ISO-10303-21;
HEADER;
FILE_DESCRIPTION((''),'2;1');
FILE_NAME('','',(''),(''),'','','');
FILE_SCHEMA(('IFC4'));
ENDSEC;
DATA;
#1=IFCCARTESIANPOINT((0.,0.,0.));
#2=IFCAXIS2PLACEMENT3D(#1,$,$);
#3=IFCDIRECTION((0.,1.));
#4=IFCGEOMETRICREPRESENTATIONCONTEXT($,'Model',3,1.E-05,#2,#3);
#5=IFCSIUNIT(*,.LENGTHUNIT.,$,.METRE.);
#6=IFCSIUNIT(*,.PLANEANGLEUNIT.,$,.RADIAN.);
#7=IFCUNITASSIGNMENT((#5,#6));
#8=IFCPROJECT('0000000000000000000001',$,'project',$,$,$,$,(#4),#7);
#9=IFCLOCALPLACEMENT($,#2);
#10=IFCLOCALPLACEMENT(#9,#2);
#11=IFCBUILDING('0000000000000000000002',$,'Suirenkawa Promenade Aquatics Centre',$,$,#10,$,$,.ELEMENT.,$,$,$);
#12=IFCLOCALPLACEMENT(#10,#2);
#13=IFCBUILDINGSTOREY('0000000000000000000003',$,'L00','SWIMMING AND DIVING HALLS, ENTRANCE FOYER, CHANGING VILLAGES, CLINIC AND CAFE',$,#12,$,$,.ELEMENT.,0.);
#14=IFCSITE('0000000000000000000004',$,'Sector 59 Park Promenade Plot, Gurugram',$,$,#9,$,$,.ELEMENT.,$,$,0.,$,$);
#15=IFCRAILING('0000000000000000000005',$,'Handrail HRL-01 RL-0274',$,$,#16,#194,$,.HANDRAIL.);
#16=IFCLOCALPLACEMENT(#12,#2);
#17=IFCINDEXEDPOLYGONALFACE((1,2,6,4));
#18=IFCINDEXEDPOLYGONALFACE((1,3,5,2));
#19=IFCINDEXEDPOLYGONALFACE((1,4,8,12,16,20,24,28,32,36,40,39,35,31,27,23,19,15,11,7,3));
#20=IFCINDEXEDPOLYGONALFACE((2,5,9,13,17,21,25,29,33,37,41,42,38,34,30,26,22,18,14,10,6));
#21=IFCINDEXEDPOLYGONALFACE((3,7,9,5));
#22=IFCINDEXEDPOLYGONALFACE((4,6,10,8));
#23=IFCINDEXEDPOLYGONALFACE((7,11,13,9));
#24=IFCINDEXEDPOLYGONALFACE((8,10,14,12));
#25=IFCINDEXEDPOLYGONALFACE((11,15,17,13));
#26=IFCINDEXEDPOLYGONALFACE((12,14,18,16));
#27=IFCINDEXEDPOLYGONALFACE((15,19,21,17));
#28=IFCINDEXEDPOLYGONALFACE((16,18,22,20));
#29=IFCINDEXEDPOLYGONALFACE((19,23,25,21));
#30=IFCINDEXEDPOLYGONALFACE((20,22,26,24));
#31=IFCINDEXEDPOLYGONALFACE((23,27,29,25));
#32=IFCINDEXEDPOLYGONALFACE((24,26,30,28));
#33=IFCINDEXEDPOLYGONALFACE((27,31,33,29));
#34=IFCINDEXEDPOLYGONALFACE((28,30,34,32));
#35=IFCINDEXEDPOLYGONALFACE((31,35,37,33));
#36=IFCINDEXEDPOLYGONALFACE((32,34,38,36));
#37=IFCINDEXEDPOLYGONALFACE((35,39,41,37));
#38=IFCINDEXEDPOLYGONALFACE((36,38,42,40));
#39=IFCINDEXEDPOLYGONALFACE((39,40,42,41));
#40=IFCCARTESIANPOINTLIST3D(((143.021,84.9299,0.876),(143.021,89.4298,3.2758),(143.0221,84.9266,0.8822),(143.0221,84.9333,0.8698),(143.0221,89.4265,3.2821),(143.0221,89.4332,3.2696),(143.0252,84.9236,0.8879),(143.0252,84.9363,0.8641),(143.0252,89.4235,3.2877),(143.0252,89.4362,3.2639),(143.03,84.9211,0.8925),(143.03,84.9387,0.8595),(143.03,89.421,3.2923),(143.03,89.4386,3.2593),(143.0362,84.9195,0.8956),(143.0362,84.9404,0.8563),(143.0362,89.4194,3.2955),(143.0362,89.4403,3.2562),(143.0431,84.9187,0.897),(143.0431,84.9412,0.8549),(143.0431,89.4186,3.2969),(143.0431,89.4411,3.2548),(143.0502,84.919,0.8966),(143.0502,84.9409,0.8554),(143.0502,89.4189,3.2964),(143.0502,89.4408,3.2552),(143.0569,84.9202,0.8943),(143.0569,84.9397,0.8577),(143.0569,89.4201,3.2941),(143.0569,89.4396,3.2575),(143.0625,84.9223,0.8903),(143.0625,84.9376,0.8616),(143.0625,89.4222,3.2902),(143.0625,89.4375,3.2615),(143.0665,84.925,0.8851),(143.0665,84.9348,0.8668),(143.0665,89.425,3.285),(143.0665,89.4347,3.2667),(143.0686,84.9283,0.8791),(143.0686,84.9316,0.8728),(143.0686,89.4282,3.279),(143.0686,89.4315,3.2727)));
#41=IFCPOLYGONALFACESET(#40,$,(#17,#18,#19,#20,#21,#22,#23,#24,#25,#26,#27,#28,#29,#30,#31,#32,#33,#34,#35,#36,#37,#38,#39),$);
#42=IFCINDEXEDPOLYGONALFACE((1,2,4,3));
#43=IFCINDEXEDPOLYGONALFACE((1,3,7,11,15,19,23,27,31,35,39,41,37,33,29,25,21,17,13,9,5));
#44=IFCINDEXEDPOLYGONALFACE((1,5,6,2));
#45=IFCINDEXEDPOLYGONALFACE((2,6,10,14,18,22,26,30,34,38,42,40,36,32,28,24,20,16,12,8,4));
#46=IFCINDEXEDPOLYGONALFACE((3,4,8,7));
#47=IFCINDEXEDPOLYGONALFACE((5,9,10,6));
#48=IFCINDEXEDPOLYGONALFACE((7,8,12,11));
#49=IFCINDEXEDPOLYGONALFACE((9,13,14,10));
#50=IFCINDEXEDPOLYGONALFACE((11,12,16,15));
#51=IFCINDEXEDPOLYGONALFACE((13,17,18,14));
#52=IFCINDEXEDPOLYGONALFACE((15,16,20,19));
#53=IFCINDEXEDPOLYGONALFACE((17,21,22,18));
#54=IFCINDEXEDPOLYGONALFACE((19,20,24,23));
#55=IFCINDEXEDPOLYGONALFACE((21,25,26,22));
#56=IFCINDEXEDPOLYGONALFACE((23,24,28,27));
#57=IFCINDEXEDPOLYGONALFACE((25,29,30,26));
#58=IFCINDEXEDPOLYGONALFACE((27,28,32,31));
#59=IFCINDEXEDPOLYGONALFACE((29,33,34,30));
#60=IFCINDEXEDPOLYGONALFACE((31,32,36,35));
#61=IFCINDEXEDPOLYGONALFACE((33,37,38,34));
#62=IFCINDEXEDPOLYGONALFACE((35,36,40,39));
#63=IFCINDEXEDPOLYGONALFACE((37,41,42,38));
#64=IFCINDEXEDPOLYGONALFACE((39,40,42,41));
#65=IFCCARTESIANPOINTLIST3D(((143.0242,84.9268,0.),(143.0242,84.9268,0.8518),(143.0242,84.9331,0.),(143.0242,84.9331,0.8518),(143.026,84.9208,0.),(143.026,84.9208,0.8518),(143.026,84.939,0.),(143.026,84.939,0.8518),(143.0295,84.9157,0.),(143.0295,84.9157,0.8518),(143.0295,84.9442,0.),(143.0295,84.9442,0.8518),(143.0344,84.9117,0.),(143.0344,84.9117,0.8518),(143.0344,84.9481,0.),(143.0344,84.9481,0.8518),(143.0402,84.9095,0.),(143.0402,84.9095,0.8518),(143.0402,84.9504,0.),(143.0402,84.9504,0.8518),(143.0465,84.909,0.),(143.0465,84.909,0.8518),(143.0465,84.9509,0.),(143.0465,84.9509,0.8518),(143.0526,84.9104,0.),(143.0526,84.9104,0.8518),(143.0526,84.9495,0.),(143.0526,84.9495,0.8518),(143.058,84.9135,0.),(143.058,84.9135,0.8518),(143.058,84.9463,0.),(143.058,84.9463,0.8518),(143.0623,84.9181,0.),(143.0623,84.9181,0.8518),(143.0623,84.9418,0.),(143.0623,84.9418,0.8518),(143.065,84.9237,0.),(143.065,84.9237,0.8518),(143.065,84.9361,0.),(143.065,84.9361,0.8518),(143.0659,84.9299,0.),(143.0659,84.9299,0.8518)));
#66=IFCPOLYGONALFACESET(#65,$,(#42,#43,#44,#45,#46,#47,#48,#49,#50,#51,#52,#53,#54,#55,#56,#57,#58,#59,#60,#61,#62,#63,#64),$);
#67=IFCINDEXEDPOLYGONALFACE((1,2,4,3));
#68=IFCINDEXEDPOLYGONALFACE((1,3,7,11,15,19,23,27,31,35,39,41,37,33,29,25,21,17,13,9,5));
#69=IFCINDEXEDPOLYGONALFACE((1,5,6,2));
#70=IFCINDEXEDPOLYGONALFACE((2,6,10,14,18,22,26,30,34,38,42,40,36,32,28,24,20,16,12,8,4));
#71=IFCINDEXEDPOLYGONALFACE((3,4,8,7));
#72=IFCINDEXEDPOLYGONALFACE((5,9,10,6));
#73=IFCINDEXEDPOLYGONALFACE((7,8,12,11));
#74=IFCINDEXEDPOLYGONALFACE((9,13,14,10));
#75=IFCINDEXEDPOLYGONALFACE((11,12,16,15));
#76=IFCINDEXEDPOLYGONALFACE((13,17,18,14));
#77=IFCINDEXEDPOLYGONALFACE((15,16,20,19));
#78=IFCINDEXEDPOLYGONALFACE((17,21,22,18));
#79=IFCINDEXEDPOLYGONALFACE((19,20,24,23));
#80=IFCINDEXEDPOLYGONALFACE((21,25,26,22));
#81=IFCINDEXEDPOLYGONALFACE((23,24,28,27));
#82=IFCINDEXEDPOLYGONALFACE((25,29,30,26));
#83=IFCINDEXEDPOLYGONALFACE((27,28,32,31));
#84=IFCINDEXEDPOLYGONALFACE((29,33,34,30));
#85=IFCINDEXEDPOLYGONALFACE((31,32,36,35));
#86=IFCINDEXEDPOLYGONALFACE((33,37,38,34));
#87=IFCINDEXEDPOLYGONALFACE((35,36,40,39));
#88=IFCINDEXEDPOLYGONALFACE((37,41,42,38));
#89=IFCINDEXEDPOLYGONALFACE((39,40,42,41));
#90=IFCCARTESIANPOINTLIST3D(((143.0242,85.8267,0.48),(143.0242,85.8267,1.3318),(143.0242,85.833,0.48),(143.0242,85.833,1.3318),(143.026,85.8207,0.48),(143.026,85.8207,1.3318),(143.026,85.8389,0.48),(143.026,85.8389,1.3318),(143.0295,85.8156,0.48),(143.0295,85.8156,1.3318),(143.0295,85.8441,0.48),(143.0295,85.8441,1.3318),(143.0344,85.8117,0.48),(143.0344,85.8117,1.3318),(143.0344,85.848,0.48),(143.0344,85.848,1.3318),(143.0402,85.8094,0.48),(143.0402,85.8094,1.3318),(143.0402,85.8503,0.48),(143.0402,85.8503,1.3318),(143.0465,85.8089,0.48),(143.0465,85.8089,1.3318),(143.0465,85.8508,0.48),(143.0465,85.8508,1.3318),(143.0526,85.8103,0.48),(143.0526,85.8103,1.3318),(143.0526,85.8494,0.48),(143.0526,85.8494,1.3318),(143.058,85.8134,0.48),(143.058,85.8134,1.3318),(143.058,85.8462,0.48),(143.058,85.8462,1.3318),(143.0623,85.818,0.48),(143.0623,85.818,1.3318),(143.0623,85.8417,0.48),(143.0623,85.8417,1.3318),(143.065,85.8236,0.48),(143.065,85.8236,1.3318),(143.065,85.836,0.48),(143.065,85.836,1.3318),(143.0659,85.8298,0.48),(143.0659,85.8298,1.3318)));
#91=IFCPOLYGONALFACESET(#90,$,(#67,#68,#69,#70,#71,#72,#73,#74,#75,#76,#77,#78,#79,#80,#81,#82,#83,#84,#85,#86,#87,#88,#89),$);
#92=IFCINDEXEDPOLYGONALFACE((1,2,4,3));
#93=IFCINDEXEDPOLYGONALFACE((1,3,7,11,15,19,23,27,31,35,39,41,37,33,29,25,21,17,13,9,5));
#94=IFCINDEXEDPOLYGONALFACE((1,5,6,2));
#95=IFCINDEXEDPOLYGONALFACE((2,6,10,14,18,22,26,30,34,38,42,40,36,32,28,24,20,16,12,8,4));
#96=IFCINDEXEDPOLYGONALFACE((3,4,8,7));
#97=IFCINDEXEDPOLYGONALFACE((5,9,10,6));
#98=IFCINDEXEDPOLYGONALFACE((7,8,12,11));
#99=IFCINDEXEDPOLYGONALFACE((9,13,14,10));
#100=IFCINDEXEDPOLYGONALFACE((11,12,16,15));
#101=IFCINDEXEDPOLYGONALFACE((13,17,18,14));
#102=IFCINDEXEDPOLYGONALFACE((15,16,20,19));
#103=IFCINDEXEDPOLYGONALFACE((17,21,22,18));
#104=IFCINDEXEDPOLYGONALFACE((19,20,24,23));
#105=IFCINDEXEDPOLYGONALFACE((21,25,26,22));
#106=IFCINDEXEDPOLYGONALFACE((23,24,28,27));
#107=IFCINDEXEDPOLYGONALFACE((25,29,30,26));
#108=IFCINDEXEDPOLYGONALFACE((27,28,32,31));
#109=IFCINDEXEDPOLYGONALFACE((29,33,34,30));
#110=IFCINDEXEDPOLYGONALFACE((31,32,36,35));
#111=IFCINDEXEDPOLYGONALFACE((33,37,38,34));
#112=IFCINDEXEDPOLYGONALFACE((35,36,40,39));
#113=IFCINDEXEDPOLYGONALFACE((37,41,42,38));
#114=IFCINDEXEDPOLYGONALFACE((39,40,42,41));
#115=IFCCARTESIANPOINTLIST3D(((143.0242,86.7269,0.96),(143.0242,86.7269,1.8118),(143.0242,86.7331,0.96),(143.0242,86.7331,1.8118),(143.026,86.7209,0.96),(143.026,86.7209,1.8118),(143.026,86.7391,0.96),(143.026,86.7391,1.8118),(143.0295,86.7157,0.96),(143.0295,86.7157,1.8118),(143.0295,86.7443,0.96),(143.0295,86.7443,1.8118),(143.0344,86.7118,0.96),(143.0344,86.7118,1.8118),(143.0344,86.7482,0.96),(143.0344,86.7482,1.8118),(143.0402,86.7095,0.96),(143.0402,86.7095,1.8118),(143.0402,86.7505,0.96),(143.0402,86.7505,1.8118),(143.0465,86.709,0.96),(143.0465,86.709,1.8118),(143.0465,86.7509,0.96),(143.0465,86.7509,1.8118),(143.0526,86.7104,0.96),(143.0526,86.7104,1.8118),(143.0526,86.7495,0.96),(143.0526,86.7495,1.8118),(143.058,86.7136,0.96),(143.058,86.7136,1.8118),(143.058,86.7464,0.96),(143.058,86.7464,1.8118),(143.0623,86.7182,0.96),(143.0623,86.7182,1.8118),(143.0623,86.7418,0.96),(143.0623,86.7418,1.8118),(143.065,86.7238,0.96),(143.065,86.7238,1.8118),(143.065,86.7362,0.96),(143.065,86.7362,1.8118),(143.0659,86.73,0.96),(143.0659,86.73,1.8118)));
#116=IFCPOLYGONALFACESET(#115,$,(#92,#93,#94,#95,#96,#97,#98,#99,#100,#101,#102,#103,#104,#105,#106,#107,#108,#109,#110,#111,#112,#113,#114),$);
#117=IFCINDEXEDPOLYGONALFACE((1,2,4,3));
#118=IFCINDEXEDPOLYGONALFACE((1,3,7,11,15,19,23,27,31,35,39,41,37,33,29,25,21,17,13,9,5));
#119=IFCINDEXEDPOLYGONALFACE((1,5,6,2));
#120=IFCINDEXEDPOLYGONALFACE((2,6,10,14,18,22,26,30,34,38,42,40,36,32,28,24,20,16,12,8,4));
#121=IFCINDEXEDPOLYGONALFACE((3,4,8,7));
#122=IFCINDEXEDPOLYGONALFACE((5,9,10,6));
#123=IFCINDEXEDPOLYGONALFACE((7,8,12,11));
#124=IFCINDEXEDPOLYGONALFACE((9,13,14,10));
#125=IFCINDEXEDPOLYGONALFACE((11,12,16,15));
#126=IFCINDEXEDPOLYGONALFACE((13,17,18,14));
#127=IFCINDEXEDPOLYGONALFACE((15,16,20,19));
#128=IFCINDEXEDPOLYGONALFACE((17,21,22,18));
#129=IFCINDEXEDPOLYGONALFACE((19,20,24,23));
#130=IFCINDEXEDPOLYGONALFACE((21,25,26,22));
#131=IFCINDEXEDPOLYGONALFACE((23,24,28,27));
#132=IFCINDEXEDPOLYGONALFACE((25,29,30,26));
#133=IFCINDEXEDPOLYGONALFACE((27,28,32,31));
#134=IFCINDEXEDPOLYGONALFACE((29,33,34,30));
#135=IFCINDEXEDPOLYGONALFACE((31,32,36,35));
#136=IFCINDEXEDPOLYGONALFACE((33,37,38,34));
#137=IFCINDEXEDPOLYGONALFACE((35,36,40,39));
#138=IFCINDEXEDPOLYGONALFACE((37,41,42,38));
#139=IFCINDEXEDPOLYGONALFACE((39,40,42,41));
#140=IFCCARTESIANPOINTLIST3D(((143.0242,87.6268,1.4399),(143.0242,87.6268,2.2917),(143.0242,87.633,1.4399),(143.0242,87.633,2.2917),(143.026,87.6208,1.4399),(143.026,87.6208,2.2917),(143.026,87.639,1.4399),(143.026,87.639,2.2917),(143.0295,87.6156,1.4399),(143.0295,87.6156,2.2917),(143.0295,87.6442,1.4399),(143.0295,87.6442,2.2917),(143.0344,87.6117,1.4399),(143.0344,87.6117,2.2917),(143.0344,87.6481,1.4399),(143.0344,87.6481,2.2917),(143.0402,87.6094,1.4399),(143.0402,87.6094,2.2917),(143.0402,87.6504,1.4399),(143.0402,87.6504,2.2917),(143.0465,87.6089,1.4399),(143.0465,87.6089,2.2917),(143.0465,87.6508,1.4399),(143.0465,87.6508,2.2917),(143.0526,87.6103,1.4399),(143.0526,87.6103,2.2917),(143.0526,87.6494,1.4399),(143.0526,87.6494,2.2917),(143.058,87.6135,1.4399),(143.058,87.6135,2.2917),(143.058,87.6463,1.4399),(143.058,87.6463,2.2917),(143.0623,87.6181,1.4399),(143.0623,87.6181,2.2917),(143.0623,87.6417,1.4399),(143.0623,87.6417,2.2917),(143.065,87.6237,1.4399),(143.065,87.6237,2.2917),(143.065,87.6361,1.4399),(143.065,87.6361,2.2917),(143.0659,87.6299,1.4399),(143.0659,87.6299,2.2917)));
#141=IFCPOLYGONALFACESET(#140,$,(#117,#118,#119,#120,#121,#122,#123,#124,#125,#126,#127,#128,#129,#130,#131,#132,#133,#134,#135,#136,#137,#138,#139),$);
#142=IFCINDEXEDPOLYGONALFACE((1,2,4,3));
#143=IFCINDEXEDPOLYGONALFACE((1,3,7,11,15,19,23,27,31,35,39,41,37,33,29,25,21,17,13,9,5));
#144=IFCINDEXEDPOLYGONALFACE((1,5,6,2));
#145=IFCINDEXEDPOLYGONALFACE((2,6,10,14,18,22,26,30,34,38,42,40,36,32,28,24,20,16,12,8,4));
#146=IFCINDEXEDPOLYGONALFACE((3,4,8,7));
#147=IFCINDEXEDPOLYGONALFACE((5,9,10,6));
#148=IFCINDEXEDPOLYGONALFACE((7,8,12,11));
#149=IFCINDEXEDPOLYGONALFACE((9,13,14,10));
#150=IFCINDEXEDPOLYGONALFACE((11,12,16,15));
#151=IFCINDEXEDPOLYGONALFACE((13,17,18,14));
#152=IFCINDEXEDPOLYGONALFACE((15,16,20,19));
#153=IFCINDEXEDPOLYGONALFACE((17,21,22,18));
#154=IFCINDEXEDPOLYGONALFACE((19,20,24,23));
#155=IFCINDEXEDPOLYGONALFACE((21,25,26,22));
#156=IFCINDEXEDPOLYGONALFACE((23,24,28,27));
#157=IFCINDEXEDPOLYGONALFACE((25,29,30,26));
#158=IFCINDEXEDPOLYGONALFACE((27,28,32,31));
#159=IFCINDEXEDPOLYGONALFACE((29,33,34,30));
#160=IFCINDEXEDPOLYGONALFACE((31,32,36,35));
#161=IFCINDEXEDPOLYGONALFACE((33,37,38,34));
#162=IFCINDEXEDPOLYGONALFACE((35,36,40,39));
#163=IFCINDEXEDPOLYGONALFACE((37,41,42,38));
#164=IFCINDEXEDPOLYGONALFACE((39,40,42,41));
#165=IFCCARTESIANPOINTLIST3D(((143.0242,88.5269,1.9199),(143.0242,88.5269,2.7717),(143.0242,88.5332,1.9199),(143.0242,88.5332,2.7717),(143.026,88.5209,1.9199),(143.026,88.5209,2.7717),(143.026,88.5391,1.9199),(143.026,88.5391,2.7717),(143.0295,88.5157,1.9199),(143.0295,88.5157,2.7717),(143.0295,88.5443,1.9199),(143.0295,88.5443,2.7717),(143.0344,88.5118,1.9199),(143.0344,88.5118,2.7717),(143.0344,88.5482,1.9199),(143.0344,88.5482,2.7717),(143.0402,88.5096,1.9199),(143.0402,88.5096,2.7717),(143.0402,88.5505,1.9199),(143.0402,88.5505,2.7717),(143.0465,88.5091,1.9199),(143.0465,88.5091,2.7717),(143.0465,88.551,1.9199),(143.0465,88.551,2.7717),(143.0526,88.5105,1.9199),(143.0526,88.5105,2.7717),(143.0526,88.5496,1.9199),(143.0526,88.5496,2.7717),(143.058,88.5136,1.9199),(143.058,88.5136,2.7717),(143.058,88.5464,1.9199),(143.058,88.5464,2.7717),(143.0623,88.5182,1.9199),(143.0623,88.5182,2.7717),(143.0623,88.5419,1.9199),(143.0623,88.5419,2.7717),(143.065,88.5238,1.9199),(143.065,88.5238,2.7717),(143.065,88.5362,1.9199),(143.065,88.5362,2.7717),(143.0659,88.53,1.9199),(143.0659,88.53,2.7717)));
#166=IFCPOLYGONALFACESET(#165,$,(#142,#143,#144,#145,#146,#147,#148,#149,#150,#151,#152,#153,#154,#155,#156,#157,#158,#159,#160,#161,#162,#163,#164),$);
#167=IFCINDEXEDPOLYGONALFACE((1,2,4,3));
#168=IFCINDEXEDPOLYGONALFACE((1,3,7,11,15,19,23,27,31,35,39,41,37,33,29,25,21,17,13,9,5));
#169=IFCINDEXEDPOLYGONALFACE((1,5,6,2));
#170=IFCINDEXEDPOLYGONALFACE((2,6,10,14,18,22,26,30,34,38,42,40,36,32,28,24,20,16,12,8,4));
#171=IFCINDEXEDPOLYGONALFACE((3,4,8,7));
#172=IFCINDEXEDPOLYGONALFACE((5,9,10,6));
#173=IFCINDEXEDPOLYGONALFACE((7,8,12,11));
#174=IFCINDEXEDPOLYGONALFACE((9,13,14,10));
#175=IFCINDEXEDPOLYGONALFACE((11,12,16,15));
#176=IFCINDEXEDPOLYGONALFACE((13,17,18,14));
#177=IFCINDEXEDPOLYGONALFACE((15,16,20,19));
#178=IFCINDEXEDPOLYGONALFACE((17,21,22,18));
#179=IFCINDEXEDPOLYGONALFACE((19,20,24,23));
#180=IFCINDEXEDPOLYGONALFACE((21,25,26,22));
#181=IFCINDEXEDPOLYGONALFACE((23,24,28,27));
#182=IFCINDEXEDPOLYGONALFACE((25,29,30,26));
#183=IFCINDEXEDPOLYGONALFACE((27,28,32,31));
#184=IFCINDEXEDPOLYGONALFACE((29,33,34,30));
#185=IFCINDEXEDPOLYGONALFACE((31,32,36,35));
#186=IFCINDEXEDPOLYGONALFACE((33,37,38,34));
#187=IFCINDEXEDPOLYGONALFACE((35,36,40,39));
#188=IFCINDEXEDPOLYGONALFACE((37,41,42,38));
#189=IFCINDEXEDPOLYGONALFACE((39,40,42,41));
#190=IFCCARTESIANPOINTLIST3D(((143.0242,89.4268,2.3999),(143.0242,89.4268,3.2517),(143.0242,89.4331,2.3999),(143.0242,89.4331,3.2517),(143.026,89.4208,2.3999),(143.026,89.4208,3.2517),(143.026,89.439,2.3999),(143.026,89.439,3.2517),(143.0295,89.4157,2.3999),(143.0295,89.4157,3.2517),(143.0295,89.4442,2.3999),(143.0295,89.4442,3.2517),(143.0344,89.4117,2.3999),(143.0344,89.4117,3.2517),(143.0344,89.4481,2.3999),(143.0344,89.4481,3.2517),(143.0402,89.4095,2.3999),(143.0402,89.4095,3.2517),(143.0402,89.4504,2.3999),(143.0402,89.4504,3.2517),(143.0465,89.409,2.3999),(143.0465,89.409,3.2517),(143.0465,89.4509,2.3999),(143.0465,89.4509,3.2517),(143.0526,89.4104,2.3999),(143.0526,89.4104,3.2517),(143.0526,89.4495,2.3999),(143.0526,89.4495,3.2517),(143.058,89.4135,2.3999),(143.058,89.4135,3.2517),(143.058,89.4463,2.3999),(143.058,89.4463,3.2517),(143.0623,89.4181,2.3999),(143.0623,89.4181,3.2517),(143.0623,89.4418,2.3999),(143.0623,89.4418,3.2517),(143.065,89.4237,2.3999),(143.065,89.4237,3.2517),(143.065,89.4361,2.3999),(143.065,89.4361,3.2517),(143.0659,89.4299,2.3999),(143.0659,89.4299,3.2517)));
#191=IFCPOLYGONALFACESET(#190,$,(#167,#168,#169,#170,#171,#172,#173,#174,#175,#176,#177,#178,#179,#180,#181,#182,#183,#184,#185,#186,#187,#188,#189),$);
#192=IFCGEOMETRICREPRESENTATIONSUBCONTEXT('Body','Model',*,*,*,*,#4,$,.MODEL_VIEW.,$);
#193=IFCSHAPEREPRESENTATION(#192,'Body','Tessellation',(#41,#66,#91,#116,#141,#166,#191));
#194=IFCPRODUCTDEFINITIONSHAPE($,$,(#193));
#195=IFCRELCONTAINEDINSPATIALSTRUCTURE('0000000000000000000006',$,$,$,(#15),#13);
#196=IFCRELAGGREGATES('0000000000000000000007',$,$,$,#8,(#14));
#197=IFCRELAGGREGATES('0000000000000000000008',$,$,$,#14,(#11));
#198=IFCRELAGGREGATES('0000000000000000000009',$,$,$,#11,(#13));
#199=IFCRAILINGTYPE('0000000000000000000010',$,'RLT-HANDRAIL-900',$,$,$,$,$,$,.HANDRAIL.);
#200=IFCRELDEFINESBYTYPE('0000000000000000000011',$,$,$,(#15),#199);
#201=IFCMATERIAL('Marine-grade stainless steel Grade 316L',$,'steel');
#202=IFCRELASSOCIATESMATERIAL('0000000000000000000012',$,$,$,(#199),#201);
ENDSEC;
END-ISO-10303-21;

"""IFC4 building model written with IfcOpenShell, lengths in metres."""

from ifc_helpers import new_model, si_unit, direction, frame, origin, origin_2d, place, context, subcontext, project, spatial, circle, extrude, material, type_object, element, save


model = new_model("IFC4")

# Units and contexts
model_context = context("Model", 3, precision=1e-05, world=origin(), true_north=direction((0.0, 1.0)))
body_context = subcontext(model_context, "Body", "Model", "MODEL_VIEW")
ifc_project = project(units=[si_unit("LENGTHUNIT", "METRE"), si_unit("PLANEANGLEUNIT", "RADIAN")], contexts=[model_context])

# Site, building, storey
site_placement = place(None, origin())
site = spatial("IfcSite", under=ifc_project, at=site_placement, Name="Sector 59 Park Promenade Plot, Gurugram", CompositionType="ELEMENT", RefElevation=0.0)
building_placement = place(site_placement, origin())
building = spatial("IfcBuilding", under=site, at=building_placement, Name="Suirenkawa Promenade Aquatics Centre", CompositionType="ELEMENT")
storey_placement = place(building_placement, origin())
storey = spatial("IfcBuildingStorey", under=building, at=storey_placement, Name="L00", Description="SWIMMING AND DIVING HALLS, ENTRANCE FOYER, CHANGING VILLAGES, CLINIC AND CAFE", CompositionType="ELEMENT", Elevation=0.0)

# Railing
ifc_material_1 = material(Name="Marine-grade stainless steel Grade 316L", Category="steel")
railing_type_1 = type_object("IfcRailingType", Name="RLT-HANDRAIL-900", PredefinedType="HANDRAIL", material=ifc_material_1)
for number, where, name in (
    (1, (143.0449, 84.9299, 0.0), "Handrail HRL-01 RL-0274"),
):
    element("IfcRailing", number, at=place(storey_placement, frame(where)), inside=storey, type_object=railing_type_1, Name=name, PredefinedType="HANDRAIL", context=body_context, shape_type="SweptSolid", body=[
        extrude(circle(Radius=0.0239, at=origin_2d()), frame((0.0, 0.0, 0.876), z_axis=(0.0, 0.882361, 0.470573), x_axis=(-1.0, 0.0, 0.0)), (0.0, 0.0, 1.0), 5.0999),
        extrude(circle(Radius=0.021, at=origin_2d()), origin(), (0.0, 0.0, 1.0), 0.8518),
        extrude(circle(Radius=0.021, at=origin_2d()), frame((0.0, 0.8999, 0.48)), (0.0, 0.0, 1.0), 0.8518),
        extrude(circle(Radius=0.021, at=origin_2d()), frame((0.0, 1.8, 0.96)), (0.0, 0.0, 1.0), 0.8518),
        extrude(circle(Radius=0.021, at=origin_2d()), frame((0.0, 2.7, 1.4399)), (0.0, 0.0, 1.0), 0.8518),
        extrude(circle(Radius=0.021, at=origin_2d()), frame((0.0, 3.6001, 1.9199)), (0.0, 0.0, 1.0), 0.8518),
        extrude(circle(Radius=0.021, at=origin_2d()), frame((0.0, 4.5, 2.3999)), (0.0, 0.0, 1.0), 0.8518),
    ])

save(model, "model.ifc")
